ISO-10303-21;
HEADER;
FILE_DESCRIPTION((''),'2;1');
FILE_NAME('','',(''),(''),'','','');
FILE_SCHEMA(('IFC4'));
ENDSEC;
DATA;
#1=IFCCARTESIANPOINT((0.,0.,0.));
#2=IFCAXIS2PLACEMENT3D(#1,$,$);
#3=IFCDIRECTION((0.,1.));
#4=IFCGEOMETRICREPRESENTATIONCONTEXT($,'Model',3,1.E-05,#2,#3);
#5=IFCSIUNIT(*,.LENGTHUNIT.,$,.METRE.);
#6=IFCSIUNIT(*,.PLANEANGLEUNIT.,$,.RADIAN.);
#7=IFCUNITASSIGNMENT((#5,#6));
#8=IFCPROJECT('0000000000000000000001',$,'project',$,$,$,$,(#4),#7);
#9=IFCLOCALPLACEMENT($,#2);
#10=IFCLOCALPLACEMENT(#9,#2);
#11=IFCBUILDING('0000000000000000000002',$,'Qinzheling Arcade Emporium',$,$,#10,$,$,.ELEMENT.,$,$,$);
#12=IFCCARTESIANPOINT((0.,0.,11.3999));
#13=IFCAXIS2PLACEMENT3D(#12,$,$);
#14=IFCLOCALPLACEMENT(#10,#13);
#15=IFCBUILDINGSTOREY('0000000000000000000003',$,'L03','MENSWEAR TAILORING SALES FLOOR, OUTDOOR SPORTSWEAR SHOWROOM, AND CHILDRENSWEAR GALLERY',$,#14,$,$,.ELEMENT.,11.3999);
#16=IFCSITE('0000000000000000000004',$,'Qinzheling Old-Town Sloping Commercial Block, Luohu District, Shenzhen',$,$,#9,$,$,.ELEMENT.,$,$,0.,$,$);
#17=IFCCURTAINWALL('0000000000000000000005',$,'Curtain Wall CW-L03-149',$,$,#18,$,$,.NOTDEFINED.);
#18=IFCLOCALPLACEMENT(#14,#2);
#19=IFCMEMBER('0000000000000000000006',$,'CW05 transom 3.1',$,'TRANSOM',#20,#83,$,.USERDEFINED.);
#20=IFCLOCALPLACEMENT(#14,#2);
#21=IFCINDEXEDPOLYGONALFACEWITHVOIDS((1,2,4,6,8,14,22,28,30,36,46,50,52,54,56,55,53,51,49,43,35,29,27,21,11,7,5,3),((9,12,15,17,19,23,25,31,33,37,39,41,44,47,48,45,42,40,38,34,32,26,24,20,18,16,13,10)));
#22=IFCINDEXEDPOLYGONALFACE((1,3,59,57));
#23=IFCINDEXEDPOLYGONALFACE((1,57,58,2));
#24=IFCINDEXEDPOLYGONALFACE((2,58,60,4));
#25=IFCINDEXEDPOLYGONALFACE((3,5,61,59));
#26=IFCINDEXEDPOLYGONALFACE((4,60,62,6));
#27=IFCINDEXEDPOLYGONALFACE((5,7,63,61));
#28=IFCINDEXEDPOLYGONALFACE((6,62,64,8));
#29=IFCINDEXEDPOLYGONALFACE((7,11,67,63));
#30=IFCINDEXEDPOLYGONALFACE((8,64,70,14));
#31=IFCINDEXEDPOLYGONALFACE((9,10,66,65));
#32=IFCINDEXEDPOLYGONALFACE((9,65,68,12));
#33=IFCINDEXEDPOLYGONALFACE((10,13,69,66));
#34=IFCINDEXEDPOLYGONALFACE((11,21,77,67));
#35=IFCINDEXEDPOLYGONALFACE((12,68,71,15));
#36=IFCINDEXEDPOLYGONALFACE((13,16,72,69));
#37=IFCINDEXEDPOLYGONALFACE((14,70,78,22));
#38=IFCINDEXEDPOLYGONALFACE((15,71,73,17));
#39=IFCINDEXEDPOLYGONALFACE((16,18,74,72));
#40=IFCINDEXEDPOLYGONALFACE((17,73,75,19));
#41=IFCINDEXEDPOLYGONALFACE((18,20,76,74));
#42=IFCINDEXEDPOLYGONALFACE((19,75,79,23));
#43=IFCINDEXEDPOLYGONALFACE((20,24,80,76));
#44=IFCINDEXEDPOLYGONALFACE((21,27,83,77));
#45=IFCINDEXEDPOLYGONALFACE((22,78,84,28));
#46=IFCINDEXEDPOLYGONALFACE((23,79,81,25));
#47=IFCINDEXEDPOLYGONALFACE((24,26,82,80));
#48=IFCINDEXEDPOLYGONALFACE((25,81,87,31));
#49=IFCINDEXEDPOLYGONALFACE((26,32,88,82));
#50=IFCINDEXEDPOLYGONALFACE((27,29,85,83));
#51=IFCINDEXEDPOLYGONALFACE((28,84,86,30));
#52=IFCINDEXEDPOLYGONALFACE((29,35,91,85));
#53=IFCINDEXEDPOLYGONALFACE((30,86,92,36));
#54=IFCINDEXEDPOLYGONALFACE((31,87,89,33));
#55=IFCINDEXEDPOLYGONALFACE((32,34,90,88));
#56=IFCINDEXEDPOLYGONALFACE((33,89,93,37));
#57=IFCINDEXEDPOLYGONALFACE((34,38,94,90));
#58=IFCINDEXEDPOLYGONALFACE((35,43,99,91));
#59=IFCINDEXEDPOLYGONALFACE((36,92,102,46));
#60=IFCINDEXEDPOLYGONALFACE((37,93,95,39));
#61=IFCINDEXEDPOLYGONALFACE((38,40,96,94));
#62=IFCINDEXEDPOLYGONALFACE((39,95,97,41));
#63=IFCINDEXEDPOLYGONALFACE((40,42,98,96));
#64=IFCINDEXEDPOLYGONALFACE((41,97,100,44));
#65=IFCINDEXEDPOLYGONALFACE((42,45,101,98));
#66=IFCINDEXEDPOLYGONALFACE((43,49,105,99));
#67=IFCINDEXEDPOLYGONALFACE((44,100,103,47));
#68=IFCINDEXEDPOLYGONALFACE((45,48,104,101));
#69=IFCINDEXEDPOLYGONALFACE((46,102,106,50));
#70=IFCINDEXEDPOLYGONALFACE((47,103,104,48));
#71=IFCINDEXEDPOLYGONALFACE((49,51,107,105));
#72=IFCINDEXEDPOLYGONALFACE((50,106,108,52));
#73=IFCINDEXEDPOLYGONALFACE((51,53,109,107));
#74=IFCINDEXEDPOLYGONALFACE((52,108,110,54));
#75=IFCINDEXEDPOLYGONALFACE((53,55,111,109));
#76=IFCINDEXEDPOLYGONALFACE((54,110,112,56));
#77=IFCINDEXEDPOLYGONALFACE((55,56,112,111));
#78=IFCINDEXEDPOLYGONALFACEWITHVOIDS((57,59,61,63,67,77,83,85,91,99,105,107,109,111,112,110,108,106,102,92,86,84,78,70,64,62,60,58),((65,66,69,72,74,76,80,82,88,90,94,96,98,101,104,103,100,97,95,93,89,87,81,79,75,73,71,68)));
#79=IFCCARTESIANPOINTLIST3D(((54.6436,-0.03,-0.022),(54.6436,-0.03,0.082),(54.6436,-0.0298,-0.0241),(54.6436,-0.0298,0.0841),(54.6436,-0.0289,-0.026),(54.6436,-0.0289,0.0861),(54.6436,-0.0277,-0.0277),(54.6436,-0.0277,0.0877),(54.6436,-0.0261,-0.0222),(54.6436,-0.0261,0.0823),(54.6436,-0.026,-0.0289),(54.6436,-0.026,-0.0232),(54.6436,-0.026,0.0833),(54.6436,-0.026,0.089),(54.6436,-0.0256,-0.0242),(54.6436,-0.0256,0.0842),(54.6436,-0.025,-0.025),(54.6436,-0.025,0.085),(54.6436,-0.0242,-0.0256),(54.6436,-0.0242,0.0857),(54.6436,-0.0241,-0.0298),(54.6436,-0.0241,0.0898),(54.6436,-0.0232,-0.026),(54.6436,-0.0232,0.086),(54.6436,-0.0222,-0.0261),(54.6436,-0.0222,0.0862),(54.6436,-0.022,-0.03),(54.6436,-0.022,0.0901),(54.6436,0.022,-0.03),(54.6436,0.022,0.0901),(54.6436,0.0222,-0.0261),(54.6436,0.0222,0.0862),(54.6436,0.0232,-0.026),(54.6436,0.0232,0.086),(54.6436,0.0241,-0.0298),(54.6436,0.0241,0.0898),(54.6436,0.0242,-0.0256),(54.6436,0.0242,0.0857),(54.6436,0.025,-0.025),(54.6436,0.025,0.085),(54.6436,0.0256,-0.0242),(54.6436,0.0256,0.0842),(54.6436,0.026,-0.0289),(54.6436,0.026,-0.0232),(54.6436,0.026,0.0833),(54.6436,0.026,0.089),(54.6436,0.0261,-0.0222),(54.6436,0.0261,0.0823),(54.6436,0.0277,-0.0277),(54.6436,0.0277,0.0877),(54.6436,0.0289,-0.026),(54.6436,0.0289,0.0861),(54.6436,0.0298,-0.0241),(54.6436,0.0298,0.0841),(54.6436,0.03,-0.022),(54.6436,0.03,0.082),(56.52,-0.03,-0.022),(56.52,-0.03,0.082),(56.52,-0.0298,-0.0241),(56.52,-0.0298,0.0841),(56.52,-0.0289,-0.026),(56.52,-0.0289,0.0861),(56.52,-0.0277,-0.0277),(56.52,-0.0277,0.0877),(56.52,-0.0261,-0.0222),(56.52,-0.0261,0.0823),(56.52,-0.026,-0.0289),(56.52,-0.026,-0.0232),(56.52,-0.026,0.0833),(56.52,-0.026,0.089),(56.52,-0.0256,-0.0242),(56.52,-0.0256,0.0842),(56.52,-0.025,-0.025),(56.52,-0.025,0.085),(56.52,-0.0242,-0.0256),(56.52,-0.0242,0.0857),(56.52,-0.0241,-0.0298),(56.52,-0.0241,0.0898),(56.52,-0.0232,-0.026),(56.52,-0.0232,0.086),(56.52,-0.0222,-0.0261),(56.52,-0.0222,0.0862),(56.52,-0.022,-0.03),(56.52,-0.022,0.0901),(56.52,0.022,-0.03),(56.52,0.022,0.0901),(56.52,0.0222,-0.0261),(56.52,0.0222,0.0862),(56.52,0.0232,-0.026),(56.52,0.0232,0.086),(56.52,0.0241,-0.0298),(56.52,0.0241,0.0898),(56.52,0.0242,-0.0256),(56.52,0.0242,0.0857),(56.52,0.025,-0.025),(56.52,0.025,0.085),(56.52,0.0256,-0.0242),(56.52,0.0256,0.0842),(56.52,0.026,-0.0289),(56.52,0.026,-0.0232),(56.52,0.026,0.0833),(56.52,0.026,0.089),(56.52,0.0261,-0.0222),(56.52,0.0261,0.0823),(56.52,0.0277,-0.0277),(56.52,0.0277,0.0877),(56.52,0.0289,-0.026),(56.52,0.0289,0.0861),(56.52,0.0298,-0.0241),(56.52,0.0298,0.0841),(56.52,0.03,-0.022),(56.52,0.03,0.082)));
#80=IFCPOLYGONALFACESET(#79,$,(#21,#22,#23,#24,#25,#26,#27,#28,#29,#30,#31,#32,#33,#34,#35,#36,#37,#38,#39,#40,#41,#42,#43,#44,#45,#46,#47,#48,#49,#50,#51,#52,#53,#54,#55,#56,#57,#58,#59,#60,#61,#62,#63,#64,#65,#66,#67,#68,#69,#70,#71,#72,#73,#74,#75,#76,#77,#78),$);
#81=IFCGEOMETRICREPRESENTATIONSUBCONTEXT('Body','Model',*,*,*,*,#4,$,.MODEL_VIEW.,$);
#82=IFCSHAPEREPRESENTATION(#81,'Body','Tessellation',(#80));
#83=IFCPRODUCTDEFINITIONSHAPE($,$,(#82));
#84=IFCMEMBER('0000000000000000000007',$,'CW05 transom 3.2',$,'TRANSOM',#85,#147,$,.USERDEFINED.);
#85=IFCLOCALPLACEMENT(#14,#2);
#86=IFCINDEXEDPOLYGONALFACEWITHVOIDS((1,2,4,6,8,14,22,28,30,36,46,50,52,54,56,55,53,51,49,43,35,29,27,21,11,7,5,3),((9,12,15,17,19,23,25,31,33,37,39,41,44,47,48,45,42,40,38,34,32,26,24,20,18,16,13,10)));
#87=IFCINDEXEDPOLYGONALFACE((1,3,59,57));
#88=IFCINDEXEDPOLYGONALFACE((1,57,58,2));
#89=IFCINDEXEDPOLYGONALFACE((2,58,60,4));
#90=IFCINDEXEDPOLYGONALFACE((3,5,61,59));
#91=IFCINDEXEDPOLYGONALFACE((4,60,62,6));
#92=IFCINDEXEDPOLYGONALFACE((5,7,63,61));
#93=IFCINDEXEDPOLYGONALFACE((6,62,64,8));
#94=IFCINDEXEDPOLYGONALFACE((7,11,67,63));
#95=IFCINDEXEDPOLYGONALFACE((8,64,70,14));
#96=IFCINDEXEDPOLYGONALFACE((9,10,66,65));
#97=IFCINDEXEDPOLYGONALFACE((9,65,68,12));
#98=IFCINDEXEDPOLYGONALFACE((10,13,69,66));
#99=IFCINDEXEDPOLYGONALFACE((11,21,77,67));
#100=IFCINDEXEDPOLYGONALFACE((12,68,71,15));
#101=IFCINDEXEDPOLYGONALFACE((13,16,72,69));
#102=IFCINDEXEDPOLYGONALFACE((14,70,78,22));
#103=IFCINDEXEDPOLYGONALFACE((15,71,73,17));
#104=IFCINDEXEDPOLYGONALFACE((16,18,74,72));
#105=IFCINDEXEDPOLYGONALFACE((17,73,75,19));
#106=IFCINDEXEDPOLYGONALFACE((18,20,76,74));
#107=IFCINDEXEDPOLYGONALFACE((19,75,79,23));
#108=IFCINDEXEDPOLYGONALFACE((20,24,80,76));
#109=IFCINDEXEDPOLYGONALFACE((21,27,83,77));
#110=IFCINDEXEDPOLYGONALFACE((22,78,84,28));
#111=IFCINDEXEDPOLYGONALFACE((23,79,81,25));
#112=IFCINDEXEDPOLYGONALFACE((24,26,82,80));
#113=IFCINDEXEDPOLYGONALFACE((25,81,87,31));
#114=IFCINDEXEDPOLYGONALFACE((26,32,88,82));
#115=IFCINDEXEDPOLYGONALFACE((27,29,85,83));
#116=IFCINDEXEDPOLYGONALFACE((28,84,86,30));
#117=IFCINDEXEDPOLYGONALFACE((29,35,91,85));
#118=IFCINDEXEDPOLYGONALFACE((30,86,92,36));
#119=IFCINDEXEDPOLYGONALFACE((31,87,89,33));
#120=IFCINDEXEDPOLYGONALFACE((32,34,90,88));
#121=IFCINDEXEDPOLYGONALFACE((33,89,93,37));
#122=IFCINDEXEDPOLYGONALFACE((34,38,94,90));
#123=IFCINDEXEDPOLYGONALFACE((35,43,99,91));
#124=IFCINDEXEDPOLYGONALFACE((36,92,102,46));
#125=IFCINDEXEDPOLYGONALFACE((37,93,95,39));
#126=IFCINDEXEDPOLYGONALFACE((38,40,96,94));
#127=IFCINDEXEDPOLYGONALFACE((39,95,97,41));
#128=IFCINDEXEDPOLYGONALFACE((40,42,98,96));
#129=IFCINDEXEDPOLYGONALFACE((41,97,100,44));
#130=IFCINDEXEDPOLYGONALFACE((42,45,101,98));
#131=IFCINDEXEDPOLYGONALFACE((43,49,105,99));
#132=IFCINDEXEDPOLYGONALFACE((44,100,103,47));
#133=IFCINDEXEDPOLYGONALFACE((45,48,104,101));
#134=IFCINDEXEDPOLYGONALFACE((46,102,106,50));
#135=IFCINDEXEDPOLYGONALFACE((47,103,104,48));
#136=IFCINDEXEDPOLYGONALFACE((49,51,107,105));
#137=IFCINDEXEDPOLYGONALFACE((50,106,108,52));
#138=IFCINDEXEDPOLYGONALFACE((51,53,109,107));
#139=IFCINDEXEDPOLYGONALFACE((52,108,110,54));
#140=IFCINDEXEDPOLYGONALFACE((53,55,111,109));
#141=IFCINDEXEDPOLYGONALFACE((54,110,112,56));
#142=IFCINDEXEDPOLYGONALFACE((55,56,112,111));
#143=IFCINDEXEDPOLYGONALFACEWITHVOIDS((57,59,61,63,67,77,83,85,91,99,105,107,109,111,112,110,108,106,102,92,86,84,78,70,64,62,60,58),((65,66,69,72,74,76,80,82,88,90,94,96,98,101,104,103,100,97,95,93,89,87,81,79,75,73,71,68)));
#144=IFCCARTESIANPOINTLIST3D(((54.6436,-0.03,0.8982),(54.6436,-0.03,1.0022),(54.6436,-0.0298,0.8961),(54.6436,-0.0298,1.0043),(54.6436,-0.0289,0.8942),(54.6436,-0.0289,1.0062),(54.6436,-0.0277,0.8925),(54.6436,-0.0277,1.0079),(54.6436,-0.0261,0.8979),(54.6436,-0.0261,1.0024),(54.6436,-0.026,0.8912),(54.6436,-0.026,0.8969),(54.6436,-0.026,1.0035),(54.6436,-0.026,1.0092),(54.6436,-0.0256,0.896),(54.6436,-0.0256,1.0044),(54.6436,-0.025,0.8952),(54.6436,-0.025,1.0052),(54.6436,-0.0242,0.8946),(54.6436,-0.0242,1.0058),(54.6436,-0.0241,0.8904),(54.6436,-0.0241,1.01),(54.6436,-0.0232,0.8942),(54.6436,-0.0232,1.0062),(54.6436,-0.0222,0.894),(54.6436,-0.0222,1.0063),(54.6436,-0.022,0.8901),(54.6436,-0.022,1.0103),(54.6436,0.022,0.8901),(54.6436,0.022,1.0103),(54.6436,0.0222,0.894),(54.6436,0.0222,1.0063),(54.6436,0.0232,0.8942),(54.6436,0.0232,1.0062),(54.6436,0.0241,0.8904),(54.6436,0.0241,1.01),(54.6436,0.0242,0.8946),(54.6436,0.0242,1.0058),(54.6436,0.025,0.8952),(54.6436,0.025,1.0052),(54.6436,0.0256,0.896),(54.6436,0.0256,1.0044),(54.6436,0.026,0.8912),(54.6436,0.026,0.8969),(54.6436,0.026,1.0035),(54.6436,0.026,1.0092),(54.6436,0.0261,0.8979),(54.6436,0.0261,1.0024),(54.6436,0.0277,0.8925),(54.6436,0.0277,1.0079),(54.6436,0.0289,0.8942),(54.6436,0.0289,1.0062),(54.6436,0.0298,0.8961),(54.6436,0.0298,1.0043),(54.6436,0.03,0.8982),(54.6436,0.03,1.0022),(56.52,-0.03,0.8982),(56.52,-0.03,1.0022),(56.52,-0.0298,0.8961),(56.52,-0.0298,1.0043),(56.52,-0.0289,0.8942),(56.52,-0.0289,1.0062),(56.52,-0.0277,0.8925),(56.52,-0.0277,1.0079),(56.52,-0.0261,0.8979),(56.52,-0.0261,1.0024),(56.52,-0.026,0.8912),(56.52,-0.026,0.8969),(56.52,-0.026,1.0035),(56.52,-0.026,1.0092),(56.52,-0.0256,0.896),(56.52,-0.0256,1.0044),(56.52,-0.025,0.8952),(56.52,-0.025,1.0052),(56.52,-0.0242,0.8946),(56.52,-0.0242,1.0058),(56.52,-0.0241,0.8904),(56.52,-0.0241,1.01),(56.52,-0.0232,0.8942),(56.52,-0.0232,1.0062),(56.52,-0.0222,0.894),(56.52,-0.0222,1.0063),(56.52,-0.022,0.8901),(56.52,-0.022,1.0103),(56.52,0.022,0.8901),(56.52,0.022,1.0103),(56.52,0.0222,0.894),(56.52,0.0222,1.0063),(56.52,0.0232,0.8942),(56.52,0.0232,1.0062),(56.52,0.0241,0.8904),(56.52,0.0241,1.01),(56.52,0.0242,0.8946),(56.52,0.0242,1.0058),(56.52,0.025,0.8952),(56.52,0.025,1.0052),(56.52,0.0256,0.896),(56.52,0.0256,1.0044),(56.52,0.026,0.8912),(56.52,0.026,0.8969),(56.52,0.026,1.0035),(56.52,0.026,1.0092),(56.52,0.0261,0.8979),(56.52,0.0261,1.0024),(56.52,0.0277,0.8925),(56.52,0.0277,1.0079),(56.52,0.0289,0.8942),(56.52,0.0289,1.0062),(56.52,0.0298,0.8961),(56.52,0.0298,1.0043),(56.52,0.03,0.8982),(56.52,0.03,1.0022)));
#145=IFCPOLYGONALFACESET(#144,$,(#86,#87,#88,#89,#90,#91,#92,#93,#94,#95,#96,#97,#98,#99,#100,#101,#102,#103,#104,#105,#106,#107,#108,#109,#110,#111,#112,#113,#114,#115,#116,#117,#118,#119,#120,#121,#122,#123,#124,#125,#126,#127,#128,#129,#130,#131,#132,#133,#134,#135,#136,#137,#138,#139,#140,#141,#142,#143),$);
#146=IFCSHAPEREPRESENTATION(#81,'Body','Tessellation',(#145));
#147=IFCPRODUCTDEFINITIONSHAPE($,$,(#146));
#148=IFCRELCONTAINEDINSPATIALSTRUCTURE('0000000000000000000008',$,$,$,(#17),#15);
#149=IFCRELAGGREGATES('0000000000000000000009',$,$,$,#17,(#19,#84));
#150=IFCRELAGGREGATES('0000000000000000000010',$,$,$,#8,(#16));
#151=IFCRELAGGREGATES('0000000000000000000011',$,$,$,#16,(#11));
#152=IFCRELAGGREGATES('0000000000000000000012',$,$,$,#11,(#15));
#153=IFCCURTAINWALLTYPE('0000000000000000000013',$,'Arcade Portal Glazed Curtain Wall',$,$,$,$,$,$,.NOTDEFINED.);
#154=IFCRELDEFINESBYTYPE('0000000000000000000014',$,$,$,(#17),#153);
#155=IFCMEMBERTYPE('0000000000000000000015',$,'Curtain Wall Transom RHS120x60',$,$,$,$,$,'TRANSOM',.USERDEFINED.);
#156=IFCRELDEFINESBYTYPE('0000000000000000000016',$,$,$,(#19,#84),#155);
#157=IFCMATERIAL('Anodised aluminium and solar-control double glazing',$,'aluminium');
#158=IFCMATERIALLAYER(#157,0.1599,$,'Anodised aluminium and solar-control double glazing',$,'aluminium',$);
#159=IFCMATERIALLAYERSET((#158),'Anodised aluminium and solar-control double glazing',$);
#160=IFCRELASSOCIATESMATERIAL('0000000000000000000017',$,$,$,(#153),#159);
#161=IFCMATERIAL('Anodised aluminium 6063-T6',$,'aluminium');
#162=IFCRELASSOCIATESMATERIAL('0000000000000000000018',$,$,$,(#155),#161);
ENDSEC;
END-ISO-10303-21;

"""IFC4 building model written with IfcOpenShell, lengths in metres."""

from ifc_helpers import new_model, si_unit, direction, frame, origin, origin_2d, place, context, subcontext, project, spatial, hollow_rectangle, extrude, material, layer, layer_set, material_profile, profile_set, type_object, element, aggregate, save


model = new_model("IFC4")

# Units and contexts
model_context = context("Model", 3, precision=1e-05, world=origin(), true_north=direction((0.0, 1.0)))
body_context = subcontext(model_context, "Body", "Model", "MODEL_VIEW")
ifc_project = project(units=[si_unit("LENGTHUNIT", "METRE"), si_unit("PLANEANGLEUNIT", "RADIAN")], contexts=[model_context])

# Site, building, storey
site_placement = place(None, origin())
site = spatial("IfcSite", under=ifc_project, at=site_placement, Name="Qinzheling Old-Town Sloping Commercial Block, Luohu District, Shenzhen", CompositionType="ELEMENT", RefElevation=0.0)
building_placement = place(site_placement, origin())
building = spatial("IfcBuilding", under=site, at=building_placement, Name="Qinzheling Arcade Emporium", CompositionType="ELEMENT")
storey_placement = place(building_placement, frame((0.0, 0.0, 11.3999)))
storey = spatial("IfcBuildingStorey", under=building, at=storey_placement, Name="L03", Description="MENSWEAR TAILORING SALES FLOOR, OUTDOOR SPORTSWEAR SHOWROOM, AND CHILDRENSWEAR GALLERY", CompositionType="ELEMENT", Elevation=11.3999)

# Curtain wall
ifc_material_1 = material(Name="Anodised aluminium and solar-control double glazing", Category="aluminium")
ifc_layer_1 = layer(ifc_material_1, 0.1599, Name="Anodised aluminium and solar-control double glazing", Category="aluminium")
ifc_layer_set_1 = layer_set([ifc_layer_1], Name="Anodised aluminium and solar-control double glazing")
curtain_wall_type = type_object("IfcCurtainWallType", Name="Arcade Portal Glazed Curtain Wall", PredefinedType="NOTDEFINED", material=ifc_layer_set_1)
curtain_wall_1_placement = place(storey_placement, origin())
curtain_wall_1 = element("IfcCurtainWall", 1, at=curtain_wall_1_placement, inside=storey, type_object=curtain_wall_type, Name="Curtain Wall CW-L03-149", PredefinedType="NOTDEFINED")
ifc_material_2 = material(Name="Anodised aluminium 6063-T6", Category="aluminium")

# Members
ifc_material_profile_1 = material_profile(ifc_material_2, hollow_rectangle(XDim=0.0601, YDim=0.1201, WallThickness=0.0039, InnerFilletRadius=0.0039, OuterFilletRadius=0.0081, at=origin_2d()), Name="RHS 120x60x4", Category="aluminium")
ifc_profile_set_1 = profile_set([ifc_material_profile_1], Name="Anodised aluminium 6063-T6")
member_type_1 = type_object("IfcMemberType", Name="Curtain Wall Transom RHS120x60", ElementType="TRANSOM", PredefinedType="USERDEFINED", material=ifc_profile_set_1)
member_1_placement = place(storey_placement, frame((56.52, 0.0, 0.03), z_axis=(-1.0, 0.0, 0.0), x_axis=(0.0, -1.0, 0.0)))
member_1 = element("IfcMember", 2, at=member_1_placement, type_object=member_type_1, Name="CW05 transom 3.1", ObjectType="TRANSOM", PredefinedType="USERDEFINED", context=body_context, shape_type="SweptSolid", body=[
    extrude(hollow_rectangle(XDim=0.0601, YDim=0.1201, WallThickness=0.0039, InnerFilletRadius=0.0039, OuterFilletRadius=0.0081, at=origin_2d()), origin(), (0.0, 0.0, 1.0), 1.8765),
])
member_2_placement = place(storey_placement, frame((56.52, 0.0, 0.9502), z_axis=(-1.0, 0.0, 0.0), x_axis=(0.0, -1.0, 0.0)))
member_2 = element("IfcMember", 3, at=member_2_placement, type_object=member_type_1, Name="CW05 transom 3.2", ObjectType="TRANSOM", PredefinedType="USERDEFINED", context=body_context, shape_type="SweptSolid", body=[
    extrude(hollow_rectangle(XDim=0.0601, YDim=0.1201, WallThickness=0.0039, InnerFilletRadius=0.0039, OuterFilletRadius=0.0081, at=origin_2d()), origin(), (0.0, 0.0, 1.0), 1.8765),
])

aggregate(curtain_wall_1, [member_1, member_2])

save(model, "model.ifc")
